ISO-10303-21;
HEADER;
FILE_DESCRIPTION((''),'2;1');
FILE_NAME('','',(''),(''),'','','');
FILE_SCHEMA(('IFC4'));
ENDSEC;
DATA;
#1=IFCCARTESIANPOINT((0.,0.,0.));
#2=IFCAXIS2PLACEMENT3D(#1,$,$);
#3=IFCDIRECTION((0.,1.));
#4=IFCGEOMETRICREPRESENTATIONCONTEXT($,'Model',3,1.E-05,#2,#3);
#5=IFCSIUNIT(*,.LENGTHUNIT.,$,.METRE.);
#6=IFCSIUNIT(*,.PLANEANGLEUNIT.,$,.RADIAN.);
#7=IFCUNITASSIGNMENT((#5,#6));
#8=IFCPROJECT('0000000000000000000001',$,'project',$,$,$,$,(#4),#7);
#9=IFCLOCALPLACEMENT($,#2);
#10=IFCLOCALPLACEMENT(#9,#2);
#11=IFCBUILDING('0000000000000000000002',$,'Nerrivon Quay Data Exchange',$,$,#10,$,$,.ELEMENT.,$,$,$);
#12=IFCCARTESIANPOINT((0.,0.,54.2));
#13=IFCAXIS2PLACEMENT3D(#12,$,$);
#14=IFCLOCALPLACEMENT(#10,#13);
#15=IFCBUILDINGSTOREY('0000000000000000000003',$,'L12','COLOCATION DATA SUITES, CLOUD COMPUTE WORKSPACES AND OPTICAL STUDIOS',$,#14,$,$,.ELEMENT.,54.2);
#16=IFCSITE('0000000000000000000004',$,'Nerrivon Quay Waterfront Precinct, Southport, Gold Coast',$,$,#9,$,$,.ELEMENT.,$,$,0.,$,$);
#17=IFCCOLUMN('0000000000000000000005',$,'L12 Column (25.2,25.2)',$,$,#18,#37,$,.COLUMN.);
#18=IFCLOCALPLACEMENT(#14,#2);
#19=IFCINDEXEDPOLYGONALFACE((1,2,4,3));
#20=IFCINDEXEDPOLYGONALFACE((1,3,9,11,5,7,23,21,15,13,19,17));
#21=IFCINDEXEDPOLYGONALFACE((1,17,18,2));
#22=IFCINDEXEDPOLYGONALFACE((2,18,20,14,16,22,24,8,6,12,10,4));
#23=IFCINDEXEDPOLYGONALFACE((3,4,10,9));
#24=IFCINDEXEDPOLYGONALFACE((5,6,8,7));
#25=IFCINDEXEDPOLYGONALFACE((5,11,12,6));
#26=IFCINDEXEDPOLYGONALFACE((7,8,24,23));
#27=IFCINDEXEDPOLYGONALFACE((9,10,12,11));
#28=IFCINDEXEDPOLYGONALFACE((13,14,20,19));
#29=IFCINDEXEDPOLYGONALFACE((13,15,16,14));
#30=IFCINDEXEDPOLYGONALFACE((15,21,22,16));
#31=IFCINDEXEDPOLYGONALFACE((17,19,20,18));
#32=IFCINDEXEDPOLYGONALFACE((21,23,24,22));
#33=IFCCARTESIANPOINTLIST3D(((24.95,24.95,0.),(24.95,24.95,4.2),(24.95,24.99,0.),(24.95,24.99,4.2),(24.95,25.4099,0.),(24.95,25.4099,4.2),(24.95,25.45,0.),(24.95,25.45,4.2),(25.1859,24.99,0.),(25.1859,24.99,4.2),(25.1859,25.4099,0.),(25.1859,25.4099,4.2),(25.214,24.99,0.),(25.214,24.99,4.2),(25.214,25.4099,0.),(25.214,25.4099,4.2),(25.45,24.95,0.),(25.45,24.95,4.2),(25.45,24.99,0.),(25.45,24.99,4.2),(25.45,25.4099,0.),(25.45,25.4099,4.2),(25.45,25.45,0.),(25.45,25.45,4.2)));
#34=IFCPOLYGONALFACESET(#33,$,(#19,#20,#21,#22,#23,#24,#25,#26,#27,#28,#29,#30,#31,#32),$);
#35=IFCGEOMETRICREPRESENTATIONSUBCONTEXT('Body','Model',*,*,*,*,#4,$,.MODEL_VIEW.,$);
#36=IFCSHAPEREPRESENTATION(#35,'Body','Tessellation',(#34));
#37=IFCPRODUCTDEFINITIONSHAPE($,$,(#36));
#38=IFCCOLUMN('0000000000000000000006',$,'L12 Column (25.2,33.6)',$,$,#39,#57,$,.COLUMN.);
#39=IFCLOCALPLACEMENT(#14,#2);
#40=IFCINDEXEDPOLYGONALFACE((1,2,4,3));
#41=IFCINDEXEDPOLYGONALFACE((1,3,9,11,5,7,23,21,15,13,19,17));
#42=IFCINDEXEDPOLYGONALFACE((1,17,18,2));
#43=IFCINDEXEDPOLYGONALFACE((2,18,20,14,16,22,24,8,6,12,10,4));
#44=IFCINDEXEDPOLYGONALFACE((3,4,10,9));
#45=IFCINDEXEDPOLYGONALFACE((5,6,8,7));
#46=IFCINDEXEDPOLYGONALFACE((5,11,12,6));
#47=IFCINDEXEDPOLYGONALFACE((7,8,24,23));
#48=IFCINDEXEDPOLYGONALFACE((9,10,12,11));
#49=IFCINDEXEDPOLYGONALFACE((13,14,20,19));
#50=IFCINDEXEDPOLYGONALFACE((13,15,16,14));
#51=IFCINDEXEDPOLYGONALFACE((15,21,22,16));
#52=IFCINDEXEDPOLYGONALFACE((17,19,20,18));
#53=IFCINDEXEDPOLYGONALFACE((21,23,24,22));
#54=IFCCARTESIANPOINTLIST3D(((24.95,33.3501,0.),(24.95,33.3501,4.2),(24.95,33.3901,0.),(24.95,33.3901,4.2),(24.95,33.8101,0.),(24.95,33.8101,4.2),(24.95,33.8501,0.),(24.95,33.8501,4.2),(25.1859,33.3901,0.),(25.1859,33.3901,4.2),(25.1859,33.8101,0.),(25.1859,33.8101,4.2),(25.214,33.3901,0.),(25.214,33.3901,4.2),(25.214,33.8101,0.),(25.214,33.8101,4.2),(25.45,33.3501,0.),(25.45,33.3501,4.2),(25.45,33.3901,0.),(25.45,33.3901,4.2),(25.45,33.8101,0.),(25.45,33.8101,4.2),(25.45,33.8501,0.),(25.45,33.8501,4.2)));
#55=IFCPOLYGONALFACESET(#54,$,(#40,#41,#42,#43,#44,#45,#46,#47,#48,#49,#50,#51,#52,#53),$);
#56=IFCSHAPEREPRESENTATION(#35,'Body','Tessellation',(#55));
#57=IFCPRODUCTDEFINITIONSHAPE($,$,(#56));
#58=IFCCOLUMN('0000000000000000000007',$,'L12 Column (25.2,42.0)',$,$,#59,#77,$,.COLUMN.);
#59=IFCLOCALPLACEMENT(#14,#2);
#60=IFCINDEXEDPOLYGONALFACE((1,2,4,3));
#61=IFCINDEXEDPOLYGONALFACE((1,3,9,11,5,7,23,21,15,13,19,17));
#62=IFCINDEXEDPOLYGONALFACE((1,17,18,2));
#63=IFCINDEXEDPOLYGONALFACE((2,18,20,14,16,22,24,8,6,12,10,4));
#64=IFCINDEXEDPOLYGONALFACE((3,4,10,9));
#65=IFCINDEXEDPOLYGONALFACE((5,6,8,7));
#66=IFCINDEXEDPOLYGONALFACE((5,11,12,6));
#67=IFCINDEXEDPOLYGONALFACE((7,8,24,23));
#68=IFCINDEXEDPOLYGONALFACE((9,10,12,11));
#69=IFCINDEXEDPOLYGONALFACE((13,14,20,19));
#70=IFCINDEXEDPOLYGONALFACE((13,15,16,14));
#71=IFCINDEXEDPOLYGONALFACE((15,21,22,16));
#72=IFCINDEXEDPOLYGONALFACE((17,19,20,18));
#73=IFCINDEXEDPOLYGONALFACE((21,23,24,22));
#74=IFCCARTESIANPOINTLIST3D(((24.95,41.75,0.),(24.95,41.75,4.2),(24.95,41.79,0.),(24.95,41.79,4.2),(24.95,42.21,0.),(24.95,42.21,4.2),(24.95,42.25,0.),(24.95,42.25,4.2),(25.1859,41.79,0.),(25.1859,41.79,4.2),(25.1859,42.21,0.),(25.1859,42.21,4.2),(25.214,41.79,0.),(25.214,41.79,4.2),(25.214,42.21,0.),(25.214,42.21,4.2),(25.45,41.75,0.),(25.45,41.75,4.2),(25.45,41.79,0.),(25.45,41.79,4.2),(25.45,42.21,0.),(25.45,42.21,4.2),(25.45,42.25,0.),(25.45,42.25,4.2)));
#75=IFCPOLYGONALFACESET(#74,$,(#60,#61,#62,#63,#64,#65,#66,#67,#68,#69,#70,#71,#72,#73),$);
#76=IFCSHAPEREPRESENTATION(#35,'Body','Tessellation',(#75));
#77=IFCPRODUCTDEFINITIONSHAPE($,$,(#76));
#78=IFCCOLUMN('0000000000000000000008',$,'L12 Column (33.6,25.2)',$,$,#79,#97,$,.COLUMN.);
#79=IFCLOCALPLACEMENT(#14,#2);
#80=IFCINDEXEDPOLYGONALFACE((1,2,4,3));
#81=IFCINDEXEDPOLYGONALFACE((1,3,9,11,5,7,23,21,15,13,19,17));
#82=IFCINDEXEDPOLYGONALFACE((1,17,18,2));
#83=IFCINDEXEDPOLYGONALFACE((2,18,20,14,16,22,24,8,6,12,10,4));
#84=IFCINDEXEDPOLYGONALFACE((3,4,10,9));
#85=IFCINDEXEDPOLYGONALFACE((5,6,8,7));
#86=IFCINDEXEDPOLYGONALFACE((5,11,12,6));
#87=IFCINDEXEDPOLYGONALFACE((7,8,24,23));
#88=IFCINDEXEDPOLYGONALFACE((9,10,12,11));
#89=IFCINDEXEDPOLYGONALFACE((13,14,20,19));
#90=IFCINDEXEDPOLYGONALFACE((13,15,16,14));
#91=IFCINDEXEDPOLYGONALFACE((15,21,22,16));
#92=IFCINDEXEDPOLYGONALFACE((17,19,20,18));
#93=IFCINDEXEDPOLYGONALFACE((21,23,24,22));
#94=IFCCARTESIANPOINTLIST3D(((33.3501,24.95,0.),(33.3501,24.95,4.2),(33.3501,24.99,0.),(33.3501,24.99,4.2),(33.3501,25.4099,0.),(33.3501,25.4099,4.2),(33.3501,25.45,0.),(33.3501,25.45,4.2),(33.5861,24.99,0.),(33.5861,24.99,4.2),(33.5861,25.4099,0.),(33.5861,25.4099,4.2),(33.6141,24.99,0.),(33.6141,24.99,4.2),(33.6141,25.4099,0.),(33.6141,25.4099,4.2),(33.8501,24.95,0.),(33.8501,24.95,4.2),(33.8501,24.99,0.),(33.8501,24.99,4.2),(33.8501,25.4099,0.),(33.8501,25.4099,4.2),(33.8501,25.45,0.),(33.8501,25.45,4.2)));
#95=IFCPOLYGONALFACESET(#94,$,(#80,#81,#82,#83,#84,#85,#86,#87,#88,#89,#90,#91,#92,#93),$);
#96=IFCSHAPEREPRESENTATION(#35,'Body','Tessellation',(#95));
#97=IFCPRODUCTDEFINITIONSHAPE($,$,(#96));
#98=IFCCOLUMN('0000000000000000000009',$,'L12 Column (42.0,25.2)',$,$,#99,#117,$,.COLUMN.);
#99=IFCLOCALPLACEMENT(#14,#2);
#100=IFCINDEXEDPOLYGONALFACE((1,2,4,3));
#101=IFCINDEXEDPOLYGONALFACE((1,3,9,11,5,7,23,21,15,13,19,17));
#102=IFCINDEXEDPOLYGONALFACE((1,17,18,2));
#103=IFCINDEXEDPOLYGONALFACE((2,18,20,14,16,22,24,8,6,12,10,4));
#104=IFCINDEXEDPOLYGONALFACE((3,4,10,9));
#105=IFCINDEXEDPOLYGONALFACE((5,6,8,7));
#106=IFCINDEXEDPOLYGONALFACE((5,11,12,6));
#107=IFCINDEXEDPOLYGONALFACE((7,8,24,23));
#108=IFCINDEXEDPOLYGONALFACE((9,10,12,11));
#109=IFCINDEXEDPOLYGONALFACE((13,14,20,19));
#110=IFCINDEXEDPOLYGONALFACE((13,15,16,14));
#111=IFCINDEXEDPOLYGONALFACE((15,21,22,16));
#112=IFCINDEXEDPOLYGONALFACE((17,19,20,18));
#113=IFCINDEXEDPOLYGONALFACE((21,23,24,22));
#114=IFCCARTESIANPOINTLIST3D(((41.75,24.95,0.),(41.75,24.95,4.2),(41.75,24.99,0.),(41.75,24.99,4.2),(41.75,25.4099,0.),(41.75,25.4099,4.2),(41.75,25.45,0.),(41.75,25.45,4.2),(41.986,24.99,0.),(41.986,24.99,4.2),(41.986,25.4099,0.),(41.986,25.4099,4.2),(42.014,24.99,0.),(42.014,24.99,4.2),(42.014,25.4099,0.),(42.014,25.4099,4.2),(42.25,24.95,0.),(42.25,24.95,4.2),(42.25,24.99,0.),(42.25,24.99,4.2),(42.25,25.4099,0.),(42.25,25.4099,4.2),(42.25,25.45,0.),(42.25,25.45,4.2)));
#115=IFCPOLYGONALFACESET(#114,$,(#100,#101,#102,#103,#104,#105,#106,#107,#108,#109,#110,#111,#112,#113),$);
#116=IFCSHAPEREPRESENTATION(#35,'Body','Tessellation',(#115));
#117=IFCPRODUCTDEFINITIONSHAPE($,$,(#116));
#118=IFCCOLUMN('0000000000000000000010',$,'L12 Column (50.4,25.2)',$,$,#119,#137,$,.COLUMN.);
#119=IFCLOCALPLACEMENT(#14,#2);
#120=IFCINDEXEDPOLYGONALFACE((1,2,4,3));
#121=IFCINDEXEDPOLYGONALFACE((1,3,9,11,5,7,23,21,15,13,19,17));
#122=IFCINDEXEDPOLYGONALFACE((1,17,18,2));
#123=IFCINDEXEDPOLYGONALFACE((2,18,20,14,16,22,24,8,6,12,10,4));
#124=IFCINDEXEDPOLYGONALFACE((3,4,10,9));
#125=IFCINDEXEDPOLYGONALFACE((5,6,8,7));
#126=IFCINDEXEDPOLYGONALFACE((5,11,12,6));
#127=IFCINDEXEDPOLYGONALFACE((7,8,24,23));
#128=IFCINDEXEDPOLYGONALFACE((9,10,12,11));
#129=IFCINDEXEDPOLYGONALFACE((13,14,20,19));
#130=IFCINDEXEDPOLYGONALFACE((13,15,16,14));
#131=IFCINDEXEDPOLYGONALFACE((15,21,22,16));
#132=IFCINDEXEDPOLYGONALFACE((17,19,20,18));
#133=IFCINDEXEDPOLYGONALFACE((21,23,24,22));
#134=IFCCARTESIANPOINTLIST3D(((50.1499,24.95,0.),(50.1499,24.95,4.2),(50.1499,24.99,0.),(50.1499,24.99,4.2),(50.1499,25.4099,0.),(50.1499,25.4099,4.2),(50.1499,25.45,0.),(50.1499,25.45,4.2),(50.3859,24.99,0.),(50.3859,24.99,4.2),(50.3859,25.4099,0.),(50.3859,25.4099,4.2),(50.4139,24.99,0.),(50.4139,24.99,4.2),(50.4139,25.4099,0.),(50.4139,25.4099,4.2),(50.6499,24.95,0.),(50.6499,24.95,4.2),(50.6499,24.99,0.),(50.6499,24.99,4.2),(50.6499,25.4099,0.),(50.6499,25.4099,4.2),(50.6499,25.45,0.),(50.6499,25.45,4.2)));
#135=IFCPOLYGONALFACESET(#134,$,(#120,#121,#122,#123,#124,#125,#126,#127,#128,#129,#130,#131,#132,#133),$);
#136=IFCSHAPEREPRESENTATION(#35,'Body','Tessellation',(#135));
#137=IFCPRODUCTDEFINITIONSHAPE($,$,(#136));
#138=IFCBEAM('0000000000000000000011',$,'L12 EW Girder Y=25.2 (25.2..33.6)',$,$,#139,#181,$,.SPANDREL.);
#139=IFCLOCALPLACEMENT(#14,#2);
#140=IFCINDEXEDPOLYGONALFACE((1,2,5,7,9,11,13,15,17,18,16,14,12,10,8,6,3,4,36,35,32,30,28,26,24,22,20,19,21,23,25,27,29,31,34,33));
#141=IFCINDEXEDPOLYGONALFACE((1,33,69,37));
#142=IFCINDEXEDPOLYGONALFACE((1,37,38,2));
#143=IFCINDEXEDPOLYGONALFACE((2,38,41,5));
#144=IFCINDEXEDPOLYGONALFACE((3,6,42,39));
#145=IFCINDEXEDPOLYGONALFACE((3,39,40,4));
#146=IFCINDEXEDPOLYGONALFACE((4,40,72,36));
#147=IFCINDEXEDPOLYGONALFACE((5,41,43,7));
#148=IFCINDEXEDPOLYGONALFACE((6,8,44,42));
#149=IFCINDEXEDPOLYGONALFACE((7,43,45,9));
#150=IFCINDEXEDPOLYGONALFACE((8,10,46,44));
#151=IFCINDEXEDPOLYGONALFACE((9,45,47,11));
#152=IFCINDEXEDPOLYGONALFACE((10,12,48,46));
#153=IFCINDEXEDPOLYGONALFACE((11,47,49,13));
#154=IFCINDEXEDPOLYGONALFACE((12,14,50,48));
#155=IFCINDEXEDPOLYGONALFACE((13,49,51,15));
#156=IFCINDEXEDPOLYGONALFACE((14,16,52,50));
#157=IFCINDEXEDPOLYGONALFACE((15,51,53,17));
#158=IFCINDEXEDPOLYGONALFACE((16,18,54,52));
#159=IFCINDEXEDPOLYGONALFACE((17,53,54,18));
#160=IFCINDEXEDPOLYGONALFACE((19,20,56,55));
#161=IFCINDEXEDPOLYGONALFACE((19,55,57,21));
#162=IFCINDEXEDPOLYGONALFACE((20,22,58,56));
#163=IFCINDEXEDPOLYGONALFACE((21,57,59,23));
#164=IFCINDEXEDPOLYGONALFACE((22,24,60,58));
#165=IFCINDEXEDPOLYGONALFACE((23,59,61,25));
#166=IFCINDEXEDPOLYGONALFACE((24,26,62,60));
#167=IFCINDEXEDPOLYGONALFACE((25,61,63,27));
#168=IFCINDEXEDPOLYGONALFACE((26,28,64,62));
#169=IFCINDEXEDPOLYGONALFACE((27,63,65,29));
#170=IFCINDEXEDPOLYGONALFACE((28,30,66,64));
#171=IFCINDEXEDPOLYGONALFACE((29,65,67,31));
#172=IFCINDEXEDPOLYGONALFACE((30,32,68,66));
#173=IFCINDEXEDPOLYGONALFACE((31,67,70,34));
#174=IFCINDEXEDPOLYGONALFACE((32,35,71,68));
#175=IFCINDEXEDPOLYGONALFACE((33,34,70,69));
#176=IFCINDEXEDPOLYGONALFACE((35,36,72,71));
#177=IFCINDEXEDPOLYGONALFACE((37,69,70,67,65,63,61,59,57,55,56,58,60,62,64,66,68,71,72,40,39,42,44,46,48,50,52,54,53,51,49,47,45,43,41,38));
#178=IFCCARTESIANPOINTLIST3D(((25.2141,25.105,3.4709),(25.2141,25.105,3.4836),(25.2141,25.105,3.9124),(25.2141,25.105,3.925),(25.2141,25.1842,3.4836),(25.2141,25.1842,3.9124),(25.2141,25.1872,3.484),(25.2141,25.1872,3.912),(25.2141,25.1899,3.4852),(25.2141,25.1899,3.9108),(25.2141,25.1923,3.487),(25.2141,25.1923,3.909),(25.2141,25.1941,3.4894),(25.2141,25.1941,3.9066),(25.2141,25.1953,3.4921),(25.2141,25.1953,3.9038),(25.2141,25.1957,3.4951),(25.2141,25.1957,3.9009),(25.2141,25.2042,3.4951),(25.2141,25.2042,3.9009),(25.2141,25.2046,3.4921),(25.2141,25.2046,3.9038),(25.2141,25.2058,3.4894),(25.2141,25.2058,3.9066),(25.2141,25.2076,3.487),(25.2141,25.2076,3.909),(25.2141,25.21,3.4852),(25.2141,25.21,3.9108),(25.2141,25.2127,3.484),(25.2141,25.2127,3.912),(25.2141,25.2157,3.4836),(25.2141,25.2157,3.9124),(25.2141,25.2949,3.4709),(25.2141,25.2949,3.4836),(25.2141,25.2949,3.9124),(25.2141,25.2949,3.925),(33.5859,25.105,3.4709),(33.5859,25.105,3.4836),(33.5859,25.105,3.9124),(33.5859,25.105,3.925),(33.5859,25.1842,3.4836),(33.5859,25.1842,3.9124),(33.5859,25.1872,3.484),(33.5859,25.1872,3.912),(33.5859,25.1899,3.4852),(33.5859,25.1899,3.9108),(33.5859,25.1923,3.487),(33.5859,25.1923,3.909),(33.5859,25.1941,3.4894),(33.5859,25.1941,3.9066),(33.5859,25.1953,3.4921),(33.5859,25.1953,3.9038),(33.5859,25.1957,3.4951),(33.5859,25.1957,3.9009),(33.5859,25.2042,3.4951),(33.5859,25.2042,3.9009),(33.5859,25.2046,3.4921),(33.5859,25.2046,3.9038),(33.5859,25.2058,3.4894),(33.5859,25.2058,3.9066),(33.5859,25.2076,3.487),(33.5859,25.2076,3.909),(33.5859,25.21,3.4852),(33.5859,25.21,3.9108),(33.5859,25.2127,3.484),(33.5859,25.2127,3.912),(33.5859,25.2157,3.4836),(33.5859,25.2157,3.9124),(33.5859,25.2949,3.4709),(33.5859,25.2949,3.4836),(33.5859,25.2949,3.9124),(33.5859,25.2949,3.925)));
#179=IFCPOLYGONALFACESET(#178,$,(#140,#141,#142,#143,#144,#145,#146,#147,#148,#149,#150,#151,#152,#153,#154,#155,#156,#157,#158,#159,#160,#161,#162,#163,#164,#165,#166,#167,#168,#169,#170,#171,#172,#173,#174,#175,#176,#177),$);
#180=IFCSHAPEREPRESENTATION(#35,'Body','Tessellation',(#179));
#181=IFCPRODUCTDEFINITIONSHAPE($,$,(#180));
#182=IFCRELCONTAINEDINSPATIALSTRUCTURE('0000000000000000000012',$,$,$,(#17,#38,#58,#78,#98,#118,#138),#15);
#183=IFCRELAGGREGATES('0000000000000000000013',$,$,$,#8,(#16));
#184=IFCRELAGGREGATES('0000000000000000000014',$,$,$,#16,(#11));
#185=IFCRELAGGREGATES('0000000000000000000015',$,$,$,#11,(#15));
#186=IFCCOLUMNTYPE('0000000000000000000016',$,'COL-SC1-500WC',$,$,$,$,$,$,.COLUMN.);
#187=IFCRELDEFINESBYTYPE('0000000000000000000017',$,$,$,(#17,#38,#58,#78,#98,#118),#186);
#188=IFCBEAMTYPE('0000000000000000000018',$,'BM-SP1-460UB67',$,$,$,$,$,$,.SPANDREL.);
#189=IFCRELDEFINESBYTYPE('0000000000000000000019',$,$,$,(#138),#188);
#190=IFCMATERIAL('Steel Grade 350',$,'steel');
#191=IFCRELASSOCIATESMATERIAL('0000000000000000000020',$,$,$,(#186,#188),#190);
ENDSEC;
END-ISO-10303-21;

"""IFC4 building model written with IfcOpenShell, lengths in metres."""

from ifc_helpers import new_model, si_unit, direction, frame, origin, origin_2d, place, context, subcontext, project, spatial, i_section, extrude, material, material_profile, profile_set, type_object, element, save


model = new_model("IFC4")

# Units and contexts
model_context = context("Model", 3, precision=1e-05, world=origin(), true_north=direction((0.0, 1.0)))
body_context = subcontext(model_context, "Body", "Model", "MODEL_VIEW")
ifc_project = project(units=[si_unit("LENGTHUNIT", "METRE"), si_unit("PLANEANGLEUNIT", "RADIAN")], contexts=[model_context])

# Site, building, storey
site_placement = place(None, origin())
site = spatial("IfcSite", under=ifc_project, at=site_placement, Name="Nerrivon Quay Waterfront Precinct, Southport, Gold Coast", CompositionType="ELEMENT", RefElevation=0.0)
building_placement = place(site_placement, origin())
building = spatial("IfcBuilding", under=site, at=building_placement, Name="Nerrivon Quay Data Exchange", CompositionType="ELEMENT")
storey_placement = place(building_placement, frame((0.0, 0.0, 54.2)))
storey = spatial("IfcBuildingStorey", under=building, at=storey_placement, Name="L12", Description="COLOCATION DATA SUITES, CLOUD COMPUTE WORKSPACES AND OPTICAL STUDIOS", CompositionType="ELEMENT", Elevation=54.2)

# Columns
ifc_material_1 = material(Name="Steel Grade 350", Category="steel")
ifc_material_profile_1 = material_profile(ifc_material_1, i_section(OverallWidth=0.5, OverallDepth=0.5, WebThickness=0.0281, FlangeThickness=0.04, at=origin_2d()), Name="500WC440")
ifc_profile_set_1 = profile_set([ifc_material_profile_1], Name="Steel Grade 350")
column_type = type_object("IfcColumnType", Name="COL-SC1-500WC", PredefinedType="COLUMN", material=ifc_profile_set_1)
for number, where, z_axis, x_axis, name in (
    (1, (25.2, 25.2, 0.0), (0.0, 0.0, 1.0), (1.0, 0.0, 0.0), "L12 Column (25.2,25.2)"),
    (2, (25.2, 33.6001, 0.0), (0.0, 0.0, 1.0), (1.0, 0.0, 0.0), "L12 Column (25.2,33.6)"),
    (3, (25.2, 42.0, 0.0), (0.0, 0.0, 1.0), (1.0, 0.0, 0.0), "L12 Column (25.2,42.0)"),
    (4, (33.6001, 25.2, 0.0), (0.0, 0.0, 1.0), (1.0, 0.0, 0.0), "L12 Column (33.6,25.2)"),
    (5, (42.0, 25.2, 0.0), (0.0, 0.0, 1.0), (1.0, 0.0, 0.0), "L12 Column (42.0,25.2)"),
    (6, (50.3999, 25.2, 0.0), (0.0, 0.0, 1.0), (1.0, 0.0, 0.0), "L12 Column (50.4,25.2)"),
):
    element("IfcColumn", number, at=place(storey_placement, frame(where, z_axis=z_axis, x_axis=x_axis)), inside=storey, type_object=column_type, Name=name, PredefinedType="COLUMN", context=body_context, shape_type="SweptSolid", body=[
        extrude(i_section(OverallWidth=0.5, OverallDepth=0.5, WebThickness=0.0281, FlangeThickness=0.04, at=origin_2d()), origin(), (0.0, 0.0, 1.0), 4.2),
    ])

# Beam
ifc_material_profile_2 = material_profile(ifc_material_1, i_section(OverallWidth=0.1899, OverallDepth=0.4541, WebThickness=0.0085, FlangeThickness=0.0127, FilletRadius=0.0115, at=origin_2d()), Name="460UB67.1")
ifc_profile_set_2 = profile_set([ifc_material_profile_2], Name="Steel Grade 350")
beam_type = type_object("IfcBeamType", Name="BM-SP1-460UB67", PredefinedType="SPANDREL", material=ifc_profile_set_2)
beam_1_placement = place(storey_placement, frame((25.2141, 25.2, 3.698), z_axis=(1.0, 0.0, 0.0), x_axis=(0.0, 1.0, 0.0)))
element("IfcBeam", 7, at=beam_1_placement, inside=storey, type_object=beam_type, Name="L12 EW Girder Y=25.2 (25.2..33.6)", PredefinedType="SPANDREL", context=body_context, shape_type="SweptSolid", body=[
    extrude(i_section(OverallWidth=0.1899, OverallDepth=0.4541, WebThickness=0.0085, FlangeThickness=0.0127, FilletRadius=0.0115, at=origin_2d()), origin(), (0.0, 0.0, 1.0), 8.3718),
])

save(model, "model.ifc")
